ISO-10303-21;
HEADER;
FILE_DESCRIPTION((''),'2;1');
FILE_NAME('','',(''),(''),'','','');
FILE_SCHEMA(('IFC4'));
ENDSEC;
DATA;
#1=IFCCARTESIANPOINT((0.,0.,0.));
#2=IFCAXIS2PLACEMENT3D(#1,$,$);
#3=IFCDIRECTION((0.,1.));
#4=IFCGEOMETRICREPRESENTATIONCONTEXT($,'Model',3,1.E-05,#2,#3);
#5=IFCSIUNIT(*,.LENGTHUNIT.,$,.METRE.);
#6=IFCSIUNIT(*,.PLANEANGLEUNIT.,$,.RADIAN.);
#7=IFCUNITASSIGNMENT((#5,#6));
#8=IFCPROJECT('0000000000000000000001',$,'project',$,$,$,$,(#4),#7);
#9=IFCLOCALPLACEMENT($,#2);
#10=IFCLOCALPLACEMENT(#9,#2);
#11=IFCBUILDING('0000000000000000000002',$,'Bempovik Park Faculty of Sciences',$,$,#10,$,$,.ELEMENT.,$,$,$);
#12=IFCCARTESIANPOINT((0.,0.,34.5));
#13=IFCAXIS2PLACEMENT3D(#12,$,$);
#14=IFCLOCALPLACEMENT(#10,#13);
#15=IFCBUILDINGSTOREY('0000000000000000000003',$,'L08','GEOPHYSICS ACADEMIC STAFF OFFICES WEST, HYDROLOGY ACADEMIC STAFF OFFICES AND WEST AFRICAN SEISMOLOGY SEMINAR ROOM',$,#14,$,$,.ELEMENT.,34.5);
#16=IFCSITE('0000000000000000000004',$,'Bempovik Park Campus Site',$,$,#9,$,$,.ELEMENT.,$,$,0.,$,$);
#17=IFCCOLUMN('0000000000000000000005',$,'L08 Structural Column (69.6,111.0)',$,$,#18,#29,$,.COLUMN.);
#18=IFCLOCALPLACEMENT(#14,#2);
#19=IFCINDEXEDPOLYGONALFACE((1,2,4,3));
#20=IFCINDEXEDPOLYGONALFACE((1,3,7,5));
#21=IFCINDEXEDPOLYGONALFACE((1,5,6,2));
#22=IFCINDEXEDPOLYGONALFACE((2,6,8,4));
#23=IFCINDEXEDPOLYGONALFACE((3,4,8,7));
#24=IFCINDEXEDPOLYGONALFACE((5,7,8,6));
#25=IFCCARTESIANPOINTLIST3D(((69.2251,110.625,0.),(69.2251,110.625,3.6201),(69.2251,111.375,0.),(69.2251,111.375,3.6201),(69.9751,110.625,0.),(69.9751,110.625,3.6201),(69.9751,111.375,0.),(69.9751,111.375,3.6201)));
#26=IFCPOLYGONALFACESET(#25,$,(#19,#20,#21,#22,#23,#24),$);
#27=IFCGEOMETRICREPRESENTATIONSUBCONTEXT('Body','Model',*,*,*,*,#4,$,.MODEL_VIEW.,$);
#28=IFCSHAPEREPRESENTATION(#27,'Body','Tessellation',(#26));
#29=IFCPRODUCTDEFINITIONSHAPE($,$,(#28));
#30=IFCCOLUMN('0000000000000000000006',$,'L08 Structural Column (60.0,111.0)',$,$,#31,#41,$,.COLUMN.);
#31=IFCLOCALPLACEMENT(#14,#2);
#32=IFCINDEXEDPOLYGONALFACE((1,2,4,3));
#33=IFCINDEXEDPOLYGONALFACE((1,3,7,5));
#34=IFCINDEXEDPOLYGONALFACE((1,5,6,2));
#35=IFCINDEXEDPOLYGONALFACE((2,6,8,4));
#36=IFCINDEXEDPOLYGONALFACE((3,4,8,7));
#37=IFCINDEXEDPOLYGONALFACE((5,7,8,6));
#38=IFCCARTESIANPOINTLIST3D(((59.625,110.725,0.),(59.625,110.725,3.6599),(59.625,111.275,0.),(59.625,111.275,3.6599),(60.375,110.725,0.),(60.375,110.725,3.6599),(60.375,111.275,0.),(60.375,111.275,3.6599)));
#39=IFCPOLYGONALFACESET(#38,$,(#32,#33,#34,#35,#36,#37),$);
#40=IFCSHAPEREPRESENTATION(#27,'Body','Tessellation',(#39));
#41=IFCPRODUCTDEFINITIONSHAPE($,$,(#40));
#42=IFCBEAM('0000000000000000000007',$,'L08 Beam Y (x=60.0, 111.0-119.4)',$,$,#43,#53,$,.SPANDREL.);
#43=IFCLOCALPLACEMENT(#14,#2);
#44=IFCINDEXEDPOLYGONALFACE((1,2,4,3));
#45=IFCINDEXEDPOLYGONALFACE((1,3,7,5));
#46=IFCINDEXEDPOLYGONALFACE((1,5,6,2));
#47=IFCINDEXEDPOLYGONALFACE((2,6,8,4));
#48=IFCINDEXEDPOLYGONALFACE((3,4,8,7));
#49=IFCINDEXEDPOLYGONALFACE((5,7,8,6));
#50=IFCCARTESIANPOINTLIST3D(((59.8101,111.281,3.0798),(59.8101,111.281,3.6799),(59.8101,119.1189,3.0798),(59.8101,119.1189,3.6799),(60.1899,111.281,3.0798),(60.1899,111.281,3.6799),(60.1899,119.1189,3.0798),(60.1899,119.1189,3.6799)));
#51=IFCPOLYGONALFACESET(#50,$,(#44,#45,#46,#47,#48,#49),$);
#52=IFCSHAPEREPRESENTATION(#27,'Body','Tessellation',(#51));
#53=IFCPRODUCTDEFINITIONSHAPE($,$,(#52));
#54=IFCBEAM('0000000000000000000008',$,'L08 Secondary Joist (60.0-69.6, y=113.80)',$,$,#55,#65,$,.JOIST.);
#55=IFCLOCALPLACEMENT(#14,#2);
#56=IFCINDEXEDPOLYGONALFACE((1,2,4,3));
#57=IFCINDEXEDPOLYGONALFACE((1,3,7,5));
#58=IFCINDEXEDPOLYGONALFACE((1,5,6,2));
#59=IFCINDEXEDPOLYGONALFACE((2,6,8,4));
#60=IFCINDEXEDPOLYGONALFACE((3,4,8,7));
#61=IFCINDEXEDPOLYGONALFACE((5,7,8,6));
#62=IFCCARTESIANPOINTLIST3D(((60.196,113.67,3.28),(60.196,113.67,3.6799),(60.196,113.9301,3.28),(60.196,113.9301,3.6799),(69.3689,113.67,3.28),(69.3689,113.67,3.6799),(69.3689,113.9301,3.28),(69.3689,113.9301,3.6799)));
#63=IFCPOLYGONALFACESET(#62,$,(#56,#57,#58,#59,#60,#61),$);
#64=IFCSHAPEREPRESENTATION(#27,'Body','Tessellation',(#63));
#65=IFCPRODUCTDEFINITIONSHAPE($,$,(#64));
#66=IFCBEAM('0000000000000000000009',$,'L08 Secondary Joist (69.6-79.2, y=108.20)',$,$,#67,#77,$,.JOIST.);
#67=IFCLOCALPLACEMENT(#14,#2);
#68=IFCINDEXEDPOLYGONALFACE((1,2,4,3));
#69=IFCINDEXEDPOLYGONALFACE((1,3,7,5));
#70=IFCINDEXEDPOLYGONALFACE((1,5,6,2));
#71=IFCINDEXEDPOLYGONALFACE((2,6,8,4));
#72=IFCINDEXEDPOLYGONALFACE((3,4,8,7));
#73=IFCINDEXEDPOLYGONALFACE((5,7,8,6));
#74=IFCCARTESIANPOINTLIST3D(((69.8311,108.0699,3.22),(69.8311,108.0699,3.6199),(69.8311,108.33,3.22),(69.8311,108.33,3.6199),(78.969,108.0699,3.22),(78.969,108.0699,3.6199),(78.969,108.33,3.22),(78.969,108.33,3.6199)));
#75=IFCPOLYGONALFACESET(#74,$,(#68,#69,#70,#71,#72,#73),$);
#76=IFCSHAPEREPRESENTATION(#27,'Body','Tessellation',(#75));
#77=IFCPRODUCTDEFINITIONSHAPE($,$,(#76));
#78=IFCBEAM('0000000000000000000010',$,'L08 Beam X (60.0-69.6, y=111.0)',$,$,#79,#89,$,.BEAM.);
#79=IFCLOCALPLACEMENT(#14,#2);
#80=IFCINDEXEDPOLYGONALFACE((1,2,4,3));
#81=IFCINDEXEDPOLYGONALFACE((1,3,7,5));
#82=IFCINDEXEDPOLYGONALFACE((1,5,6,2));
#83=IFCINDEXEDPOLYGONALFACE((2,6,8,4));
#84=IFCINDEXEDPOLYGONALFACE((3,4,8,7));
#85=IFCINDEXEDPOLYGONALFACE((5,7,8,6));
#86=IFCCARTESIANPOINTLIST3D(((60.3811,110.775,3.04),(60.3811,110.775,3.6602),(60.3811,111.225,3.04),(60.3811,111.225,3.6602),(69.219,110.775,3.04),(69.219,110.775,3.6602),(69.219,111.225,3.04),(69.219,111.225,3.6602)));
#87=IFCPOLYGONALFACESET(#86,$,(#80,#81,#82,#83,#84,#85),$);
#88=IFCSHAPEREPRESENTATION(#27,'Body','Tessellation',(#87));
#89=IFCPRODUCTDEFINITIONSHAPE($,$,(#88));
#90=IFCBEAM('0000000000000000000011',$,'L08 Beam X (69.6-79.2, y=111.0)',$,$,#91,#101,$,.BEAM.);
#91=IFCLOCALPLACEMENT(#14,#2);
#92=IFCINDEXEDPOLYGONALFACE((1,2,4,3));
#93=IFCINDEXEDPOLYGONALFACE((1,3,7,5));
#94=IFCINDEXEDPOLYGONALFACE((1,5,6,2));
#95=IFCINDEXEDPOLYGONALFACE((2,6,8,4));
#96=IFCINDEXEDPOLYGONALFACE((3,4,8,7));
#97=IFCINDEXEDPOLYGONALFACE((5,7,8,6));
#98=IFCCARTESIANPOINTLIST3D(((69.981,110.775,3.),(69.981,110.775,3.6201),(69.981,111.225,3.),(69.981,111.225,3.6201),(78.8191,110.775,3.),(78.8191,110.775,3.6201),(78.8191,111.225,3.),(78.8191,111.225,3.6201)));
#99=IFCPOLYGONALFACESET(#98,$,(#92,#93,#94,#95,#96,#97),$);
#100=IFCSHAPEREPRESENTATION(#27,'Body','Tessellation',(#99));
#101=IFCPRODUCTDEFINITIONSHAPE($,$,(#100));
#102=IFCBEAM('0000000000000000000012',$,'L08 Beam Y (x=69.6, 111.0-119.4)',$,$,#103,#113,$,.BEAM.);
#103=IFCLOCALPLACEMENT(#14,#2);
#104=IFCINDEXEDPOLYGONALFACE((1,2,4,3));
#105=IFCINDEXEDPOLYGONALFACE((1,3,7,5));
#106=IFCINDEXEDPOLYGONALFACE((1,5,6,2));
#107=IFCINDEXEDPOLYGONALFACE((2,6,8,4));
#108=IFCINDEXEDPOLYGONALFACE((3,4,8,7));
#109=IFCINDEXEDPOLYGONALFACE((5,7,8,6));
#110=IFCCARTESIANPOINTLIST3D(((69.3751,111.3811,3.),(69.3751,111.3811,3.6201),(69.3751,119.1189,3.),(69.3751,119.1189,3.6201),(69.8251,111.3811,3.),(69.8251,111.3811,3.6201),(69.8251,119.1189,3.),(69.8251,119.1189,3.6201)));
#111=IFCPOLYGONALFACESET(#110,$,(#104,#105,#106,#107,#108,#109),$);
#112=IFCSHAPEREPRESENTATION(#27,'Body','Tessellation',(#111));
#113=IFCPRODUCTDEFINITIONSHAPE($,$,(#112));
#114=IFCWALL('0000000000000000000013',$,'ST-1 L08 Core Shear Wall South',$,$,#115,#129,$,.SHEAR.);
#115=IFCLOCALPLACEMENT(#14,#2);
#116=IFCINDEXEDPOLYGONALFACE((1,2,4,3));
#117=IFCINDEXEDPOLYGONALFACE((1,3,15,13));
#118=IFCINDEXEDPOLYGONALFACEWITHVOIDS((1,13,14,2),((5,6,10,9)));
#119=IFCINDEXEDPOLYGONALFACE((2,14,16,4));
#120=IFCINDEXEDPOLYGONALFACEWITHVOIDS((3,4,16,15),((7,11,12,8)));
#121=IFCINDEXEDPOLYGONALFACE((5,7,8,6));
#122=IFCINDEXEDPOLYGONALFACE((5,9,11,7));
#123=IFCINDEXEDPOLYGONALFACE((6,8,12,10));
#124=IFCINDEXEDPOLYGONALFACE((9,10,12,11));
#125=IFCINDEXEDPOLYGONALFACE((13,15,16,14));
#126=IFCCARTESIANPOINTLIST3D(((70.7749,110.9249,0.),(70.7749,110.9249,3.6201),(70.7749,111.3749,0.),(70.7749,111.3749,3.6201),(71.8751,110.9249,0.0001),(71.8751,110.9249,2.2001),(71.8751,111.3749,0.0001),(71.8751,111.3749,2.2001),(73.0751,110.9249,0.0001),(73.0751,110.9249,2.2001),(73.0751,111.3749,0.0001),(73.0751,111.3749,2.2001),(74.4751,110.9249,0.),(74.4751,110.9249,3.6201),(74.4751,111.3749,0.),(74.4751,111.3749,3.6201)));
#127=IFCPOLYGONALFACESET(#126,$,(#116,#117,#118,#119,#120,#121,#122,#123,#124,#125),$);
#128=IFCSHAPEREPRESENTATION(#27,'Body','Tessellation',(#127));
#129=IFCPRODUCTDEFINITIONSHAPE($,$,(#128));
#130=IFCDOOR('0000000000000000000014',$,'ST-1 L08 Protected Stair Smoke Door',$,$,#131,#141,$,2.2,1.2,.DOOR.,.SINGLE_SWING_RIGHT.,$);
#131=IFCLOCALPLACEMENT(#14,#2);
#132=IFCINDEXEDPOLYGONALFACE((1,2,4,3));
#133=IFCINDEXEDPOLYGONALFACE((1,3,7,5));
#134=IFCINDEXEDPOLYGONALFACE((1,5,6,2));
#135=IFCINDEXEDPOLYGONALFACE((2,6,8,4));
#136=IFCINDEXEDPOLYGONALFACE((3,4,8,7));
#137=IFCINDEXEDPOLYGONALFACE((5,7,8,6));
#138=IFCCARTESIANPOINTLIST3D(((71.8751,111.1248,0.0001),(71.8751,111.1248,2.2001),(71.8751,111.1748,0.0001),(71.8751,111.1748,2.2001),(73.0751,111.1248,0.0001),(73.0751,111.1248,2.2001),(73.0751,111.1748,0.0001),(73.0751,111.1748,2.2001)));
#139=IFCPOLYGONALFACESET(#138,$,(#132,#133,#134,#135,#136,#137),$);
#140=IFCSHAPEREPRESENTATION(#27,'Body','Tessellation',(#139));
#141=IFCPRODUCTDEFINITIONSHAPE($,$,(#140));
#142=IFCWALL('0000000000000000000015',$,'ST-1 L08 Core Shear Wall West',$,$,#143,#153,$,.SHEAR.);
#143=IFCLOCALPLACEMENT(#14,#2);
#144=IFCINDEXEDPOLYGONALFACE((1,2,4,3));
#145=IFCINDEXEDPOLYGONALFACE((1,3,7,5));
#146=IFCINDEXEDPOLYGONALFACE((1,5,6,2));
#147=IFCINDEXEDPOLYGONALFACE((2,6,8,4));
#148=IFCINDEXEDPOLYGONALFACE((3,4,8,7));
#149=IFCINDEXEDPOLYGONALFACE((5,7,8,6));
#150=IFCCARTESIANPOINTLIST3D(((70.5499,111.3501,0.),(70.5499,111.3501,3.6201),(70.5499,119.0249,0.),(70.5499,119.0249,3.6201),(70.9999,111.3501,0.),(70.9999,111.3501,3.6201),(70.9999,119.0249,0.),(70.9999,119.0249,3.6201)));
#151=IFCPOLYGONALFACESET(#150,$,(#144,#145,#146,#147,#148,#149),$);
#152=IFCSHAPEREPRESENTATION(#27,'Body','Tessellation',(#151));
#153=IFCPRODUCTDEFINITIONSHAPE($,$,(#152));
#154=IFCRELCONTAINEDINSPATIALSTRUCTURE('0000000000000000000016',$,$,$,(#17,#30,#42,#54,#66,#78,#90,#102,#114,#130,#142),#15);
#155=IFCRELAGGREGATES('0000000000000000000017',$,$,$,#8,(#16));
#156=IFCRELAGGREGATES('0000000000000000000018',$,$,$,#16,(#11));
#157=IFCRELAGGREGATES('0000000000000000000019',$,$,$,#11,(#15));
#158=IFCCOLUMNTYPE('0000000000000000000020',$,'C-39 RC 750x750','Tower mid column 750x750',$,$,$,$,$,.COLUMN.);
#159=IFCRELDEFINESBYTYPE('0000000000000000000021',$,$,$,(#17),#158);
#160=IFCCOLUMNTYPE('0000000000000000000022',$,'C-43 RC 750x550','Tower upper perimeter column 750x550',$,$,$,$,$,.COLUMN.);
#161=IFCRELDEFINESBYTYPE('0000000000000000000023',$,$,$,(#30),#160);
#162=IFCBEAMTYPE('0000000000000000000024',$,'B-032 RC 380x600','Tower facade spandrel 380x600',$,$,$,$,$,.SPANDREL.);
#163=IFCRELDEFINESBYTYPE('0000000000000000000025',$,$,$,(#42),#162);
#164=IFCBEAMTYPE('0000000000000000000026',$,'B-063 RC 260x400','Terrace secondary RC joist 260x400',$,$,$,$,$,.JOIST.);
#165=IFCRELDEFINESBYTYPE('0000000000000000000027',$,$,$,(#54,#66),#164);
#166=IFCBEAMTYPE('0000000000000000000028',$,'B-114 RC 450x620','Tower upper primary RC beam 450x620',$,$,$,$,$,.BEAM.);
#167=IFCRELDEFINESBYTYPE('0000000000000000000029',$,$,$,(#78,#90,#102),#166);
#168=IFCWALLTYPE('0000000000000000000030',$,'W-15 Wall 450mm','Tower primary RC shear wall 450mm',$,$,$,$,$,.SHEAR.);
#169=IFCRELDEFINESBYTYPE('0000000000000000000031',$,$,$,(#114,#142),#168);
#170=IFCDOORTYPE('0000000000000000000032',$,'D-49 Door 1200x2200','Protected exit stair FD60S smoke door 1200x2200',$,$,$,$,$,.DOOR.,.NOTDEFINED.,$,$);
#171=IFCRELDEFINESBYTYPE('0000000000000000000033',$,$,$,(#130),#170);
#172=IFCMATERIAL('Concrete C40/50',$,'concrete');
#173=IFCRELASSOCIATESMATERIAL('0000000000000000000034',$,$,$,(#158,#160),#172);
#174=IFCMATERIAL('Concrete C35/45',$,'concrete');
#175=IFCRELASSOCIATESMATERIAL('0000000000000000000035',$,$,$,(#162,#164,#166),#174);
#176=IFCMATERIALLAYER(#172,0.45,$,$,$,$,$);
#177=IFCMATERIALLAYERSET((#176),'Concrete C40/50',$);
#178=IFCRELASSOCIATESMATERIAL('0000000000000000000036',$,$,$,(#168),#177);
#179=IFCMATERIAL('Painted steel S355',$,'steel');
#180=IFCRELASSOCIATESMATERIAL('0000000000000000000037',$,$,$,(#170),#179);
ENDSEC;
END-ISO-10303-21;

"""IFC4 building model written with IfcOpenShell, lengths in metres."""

from ifc_helpers import new_model, si_unit, direction, frame, frame_2d, origin, origin_2d, place, context, subcontext, project, spatial, rectangle, extrude, material, layer, layer_set, material_profile, profile_set, type_object, element, fill, save


model = new_model("IFC4")

# Units and contexts
model_context = context("Model", 3, precision=1e-05, world=origin(), true_north=direction((0.0, 1.0)))
body_context = subcontext(model_context, "Body", "Model", "MODEL_VIEW")
ifc_project = project(units=[si_unit("LENGTHUNIT", "METRE"), si_unit("PLANEANGLEUNIT", "RADIAN")], contexts=[model_context])

# Site, building, storey
site_placement = place(None, origin())
site = spatial("IfcSite", under=ifc_project, at=site_placement, Name="Bempovik Park Campus Site", CompositionType="ELEMENT", RefElevation=0.0)
building_placement = place(site_placement, origin())
building = spatial("IfcBuilding", under=site, at=building_placement, Name="Bempovik Park Faculty of Sciences", CompositionType="ELEMENT")
storey_placement = place(building_placement, frame((0.0, 0.0, 34.5)))
storey = spatial("IfcBuildingStorey", under=building, at=storey_placement, Name="L08", Description="GEOPHYSICS ACADEMIC STAFF OFFICES WEST, HYDROLOGY ACADEMIC STAFF OFFICES AND WEST AFRICAN SEISMOLOGY SEMINAR ROOM", CompositionType="ELEMENT", Elevation=34.5)

# Columns
ifc_material_1 = material(Name="Concrete C40/50", Category="concrete")
ifc_material_profile_1 = material_profile(ifc_material_1, rectangle(XDim=0.75, YDim=0.75, at=origin_2d()), Name="RC 750x750")
ifc_profile_set_1 = profile_set([ifc_material_profile_1], Name="Concrete C40/50")
column_type_1 = type_object("IfcColumnType", Name="C-39 RC 750x750", Description="Tower mid column 750x750", PredefinedType="COLUMN", material=ifc_profile_set_1)
column_1_placement = place(storey_placement, frame((69.6001, 111.0, 0.0), z_axis=(0.0, 0.0, 1.0), x_axis=(1.0, 0.0, 0.0)))
element("IfcColumn", 1, at=column_1_placement, inside=storey, type_object=column_type_1, Name="L08 Structural Column (69.6,111.0)", PredefinedType="COLUMN", context=body_context, shape_type="SweptSolid", body=[
    extrude(rectangle(XDim=0.75, YDim=0.75, at=origin_2d()), origin(), (0.0, 0.0, 1.0), 3.6201),
])
ifc_material_profile_2 = material_profile(ifc_material_1, rectangle(XDim=0.75, YDim=0.55, at=origin_2d()), Name="RC 750x550")
ifc_profile_set_2 = profile_set([ifc_material_profile_2], Name="Concrete C40/50")
column_type_2 = type_object("IfcColumnType", Name="C-43 RC 750x550", Description="Tower upper perimeter column 750x550", PredefinedType="COLUMN", material=ifc_profile_set_2)
column_2_placement = place(storey_placement, frame((60.0, 111.0, 0.0), z_axis=(0.0, 0.0, 1.0), x_axis=(1.0, 0.0, 0.0)))
element("IfcColumn", 2, at=column_2_placement, inside=storey, type_object=column_type_2, Name="L08 Structural Column (60.0,111.0)", PredefinedType="COLUMN", context=body_context, shape_type="SweptSolid", body=[
    extrude(rectangle(XDim=0.75, YDim=0.55, at=origin_2d()), origin(), (0.0, 0.0, 1.0), 3.6599),
])

# Beams
ifc_material_2 = material(Name="Concrete C35/45", Category="concrete")
ifc_material_profile_3 = material_profile(ifc_material_2, rectangle(XDim=0.3799, YDim=0.6001, at=origin_2d()), Name="RC 380x600")
ifc_profile_set_3 = profile_set([ifc_material_profile_3], Name="Concrete C35/45")
beam_type_1 = type_object("IfcBeamType", Name="B-032 RC 380x600", Description="Tower facade spandrel 380x600", PredefinedType="SPANDREL", material=ifc_profile_set_3)
beam_1_placement = place(storey_placement, frame((60.0, 111.281, 3.3799), z_axis=(0.0, 1.0, 0.0), x_axis=(-1.0, 0.0, 0.0)))
element("IfcBeam", 3, at=beam_1_placement, inside=storey, type_object=beam_type_1, Name="L08 Beam Y (x=60.0, 111.0-119.4)", PredefinedType="SPANDREL", context=body_context, shape_type="SweptSolid", body=[
    extrude(rectangle(XDim=0.3799, YDim=0.6001, at=origin_2d()), origin(), (0.0, 0.0, 1.0), 7.8379),
])
ifc_material_profile_4 = material_profile(ifc_material_2, rectangle(XDim=0.26, YDim=0.3999, at=origin_2d()), Name="RC 260x400")
ifc_profile_set_4 = profile_set([ifc_material_profile_4], Name="Concrete C35/45")
beam_type_2 = type_object("IfcBeamType", Name="B-063 RC 260x400", Description="Terrace secondary RC joist 260x400", PredefinedType="JOIST", material=ifc_profile_set_4)
beam_2_placement = place(storey_placement, frame((60.196, 113.8, 3.48), z_axis=(1.0, 0.0, 0.0), x_axis=(0.0, 1.0, 0.0)))
element("IfcBeam", 4, at=beam_2_placement, inside=storey, type_object=beam_type_2, Name="L08 Secondary Joist (60.0-69.6, y=113.80)", PredefinedType="JOIST", context=body_context, shape_type="SweptSolid", body=[
    extrude(rectangle(XDim=0.26, YDim=0.3999, at=origin_2d()), origin(), (0.0, 0.0, 1.0), 9.1729),
])
beam_3_placement = place(storey_placement, frame((69.8311, 108.2, 3.4199), z_axis=(1.0, 0.0, 0.0), x_axis=(0.0, 1.0, 0.0)))
element("IfcBeam", 5, at=beam_3_placement, inside=storey, type_object=beam_type_2, Name="L08 Secondary Joist (69.6-79.2, y=108.20)", PredefinedType="JOIST", context=body_context, shape_type="SweptSolid", body=[
    extrude(rectangle(XDim=0.26, YDim=0.3999, at=origin_2d()), origin(), (0.0, 0.0, 1.0), 9.1379),
])
ifc_material_profile_5 = material_profile(ifc_material_2, rectangle(XDim=0.45, YDim=0.6201, at=origin_2d()), Name="RC 450x620")
ifc_profile_set_5 = profile_set([ifc_material_profile_5], Name="Concrete C35/45")
beam_type_3 = type_object("IfcBeamType", Name="B-114 RC 450x620", Description="Tower upper primary RC beam 450x620", PredefinedType="BEAM", material=ifc_profile_set_5)
beam_4_placement = place(storey_placement, frame((60.3811, 111.0, 3.3501), z_axis=(1.0, 0.0, 0.0), x_axis=(0.0, 1.0, 0.0)))
element("IfcBeam", 6, at=beam_4_placement, inside=storey, type_object=beam_type_3, Name="L08 Beam X (60.0-69.6, y=111.0)", PredefinedType="BEAM", context=body_context, shape_type="SweptSolid", body=[
    extrude(rectangle(XDim=0.45, YDim=0.6201, at=origin_2d()), origin(), (0.0, 0.0, 1.0), 8.8379),
])
beam_5_placement = place(storey_placement, frame((69.981, 111.0, 3.3101), z_axis=(1.0, 0.0, 0.0), x_axis=(0.0, 1.0, 0.0)))
element("IfcBeam", 7, at=beam_5_placement, inside=storey, type_object=beam_type_3, Name="L08 Beam X (69.6-79.2, y=111.0)", PredefinedType="BEAM", context=body_context, shape_type="SweptSolid", body=[
    extrude(rectangle(XDim=0.45, YDim=0.6201, at=origin_2d()), origin(), (0.0, 0.0, 1.0), 8.8381),
])
beam_6_placement = place(storey_placement, frame((69.6001, 111.3811, 3.3101), z_axis=(0.0, 1.0, 0.0), x_axis=(-1.0, 0.0, 0.0)))
element("IfcBeam", 8, at=beam_6_placement, inside=storey, type_object=beam_type_3, Name="L08 Beam Y (x=69.6, 111.0-119.4)", PredefinedType="BEAM", context=body_context, shape_type="SweptSolid", body=[
    extrude(rectangle(XDim=0.45, YDim=0.6201, at=origin_2d()), origin(), (0.0, 0.0, 1.0), 7.7378),
])

# Wall, opening, door
ifc_layer_1 = layer(ifc_material_1, 0.45)
ifc_layer_set_1 = layer_set([ifc_layer_1], Name="Concrete C40/50")
wall_type_1 = type_object("IfcWallType", Name="W-15 Wall 450mm", Description="Tower primary RC shear wall 450mm", PredefinedType="SHEAR", material=ifc_layer_set_1)
wall_1_placement = place(storey_placement, frame((70.7749, 111.1499, 0.0), z_axis=(0.0, 0.0, 1.0), x_axis=(1.0, 0.0, 0.0)))
wall_1 = element("IfcWall", 9, at=wall_1_placement, inside=storey, type_object=wall_type_1, Name="ST-1 L08 Core Shear Wall South", PredefinedType="SHEAR", context=body_context, shape_type="SweptSolid", body=[
    extrude(rectangle(XDim=3.7002, YDim=0.45, at=frame_2d((1.8501, 0.0))), origin(), (0.0, 0.0, 1.0), 3.6201),
])
opening_1_placement = place(wall_1_placement, frame((1.1001, 0.0, 0.0)))
opening_1 = element("IfcOpeningElement", 10, at=opening_1_placement, cuts=wall_1, PredefinedType="OPENING", context=body_context, shape_type="SweptSolid", body=[
    extrude(rectangle(XDim=1.2, YDim=2.2, at=frame_2d((0.6001, 1.1001))), frame((0.0, 0.2349, 0.0), z_axis=(0.0, -1.0, 0.0), x_axis=(1.0, 0.0, 0.0)), (0.0, 0.0, 1.0), 0.47),
])
ifc_material_3 = material(Name="Painted steel S355", Category="steel")
door_type_1 = type_object("IfcDoorType", Name="D-49 Door 1200x2200", Description="Protected exit stair FD60S smoke door 1200x2200", OperationType="NOTDEFINED", PredefinedType="DOOR", material=ifc_material_3)
door_1_placement = place(opening_1_placement, origin())
door_1 = element("IfcDoor", 11, at=door_1_placement, inside=storey, type_object=door_type_1, Name="ST-1 L08 Protected Stair Smoke Door", OperationType="SINGLE_SWING_RIGHT", OverallHeight=2.2, OverallWidth=1.2, PredefinedType="DOOR", context=body_context, shape_type="SweptSolid", body=[
    extrude(rectangle(XDim=1.2, YDim=2.2, at=frame_2d((0.6001, 1.1001))), frame((0.0, 0.0249, 0.0), z_axis=(0.0, -1.0, 0.0), x_axis=(1.0, 0.0, 0.0)), (0.0, 0.0, 1.0), 0.05),
])
fill(opening_1, door_1)

# Wall
wall_2_placement = place(storey_placement, frame((70.7749, 111.3501, 0.0), z_axis=(0.0, 0.0, 1.0), x_axis=(0.0, 1.0, 0.0)))
element("IfcWall", 12, at=wall_2_placement, inside=storey, type_object=wall_type_1, Name="ST-1 L08 Core Shear Wall West", PredefinedType="SHEAR", context=body_context, shape_type="SweptSolid", body=[
    extrude(rectangle(XDim=7.6748, YDim=0.45, at=frame_2d((3.8374, 0.0))), origin(), (0.0, 0.0, 1.0), 3.6201),
])

save(model, "model.ifc")
